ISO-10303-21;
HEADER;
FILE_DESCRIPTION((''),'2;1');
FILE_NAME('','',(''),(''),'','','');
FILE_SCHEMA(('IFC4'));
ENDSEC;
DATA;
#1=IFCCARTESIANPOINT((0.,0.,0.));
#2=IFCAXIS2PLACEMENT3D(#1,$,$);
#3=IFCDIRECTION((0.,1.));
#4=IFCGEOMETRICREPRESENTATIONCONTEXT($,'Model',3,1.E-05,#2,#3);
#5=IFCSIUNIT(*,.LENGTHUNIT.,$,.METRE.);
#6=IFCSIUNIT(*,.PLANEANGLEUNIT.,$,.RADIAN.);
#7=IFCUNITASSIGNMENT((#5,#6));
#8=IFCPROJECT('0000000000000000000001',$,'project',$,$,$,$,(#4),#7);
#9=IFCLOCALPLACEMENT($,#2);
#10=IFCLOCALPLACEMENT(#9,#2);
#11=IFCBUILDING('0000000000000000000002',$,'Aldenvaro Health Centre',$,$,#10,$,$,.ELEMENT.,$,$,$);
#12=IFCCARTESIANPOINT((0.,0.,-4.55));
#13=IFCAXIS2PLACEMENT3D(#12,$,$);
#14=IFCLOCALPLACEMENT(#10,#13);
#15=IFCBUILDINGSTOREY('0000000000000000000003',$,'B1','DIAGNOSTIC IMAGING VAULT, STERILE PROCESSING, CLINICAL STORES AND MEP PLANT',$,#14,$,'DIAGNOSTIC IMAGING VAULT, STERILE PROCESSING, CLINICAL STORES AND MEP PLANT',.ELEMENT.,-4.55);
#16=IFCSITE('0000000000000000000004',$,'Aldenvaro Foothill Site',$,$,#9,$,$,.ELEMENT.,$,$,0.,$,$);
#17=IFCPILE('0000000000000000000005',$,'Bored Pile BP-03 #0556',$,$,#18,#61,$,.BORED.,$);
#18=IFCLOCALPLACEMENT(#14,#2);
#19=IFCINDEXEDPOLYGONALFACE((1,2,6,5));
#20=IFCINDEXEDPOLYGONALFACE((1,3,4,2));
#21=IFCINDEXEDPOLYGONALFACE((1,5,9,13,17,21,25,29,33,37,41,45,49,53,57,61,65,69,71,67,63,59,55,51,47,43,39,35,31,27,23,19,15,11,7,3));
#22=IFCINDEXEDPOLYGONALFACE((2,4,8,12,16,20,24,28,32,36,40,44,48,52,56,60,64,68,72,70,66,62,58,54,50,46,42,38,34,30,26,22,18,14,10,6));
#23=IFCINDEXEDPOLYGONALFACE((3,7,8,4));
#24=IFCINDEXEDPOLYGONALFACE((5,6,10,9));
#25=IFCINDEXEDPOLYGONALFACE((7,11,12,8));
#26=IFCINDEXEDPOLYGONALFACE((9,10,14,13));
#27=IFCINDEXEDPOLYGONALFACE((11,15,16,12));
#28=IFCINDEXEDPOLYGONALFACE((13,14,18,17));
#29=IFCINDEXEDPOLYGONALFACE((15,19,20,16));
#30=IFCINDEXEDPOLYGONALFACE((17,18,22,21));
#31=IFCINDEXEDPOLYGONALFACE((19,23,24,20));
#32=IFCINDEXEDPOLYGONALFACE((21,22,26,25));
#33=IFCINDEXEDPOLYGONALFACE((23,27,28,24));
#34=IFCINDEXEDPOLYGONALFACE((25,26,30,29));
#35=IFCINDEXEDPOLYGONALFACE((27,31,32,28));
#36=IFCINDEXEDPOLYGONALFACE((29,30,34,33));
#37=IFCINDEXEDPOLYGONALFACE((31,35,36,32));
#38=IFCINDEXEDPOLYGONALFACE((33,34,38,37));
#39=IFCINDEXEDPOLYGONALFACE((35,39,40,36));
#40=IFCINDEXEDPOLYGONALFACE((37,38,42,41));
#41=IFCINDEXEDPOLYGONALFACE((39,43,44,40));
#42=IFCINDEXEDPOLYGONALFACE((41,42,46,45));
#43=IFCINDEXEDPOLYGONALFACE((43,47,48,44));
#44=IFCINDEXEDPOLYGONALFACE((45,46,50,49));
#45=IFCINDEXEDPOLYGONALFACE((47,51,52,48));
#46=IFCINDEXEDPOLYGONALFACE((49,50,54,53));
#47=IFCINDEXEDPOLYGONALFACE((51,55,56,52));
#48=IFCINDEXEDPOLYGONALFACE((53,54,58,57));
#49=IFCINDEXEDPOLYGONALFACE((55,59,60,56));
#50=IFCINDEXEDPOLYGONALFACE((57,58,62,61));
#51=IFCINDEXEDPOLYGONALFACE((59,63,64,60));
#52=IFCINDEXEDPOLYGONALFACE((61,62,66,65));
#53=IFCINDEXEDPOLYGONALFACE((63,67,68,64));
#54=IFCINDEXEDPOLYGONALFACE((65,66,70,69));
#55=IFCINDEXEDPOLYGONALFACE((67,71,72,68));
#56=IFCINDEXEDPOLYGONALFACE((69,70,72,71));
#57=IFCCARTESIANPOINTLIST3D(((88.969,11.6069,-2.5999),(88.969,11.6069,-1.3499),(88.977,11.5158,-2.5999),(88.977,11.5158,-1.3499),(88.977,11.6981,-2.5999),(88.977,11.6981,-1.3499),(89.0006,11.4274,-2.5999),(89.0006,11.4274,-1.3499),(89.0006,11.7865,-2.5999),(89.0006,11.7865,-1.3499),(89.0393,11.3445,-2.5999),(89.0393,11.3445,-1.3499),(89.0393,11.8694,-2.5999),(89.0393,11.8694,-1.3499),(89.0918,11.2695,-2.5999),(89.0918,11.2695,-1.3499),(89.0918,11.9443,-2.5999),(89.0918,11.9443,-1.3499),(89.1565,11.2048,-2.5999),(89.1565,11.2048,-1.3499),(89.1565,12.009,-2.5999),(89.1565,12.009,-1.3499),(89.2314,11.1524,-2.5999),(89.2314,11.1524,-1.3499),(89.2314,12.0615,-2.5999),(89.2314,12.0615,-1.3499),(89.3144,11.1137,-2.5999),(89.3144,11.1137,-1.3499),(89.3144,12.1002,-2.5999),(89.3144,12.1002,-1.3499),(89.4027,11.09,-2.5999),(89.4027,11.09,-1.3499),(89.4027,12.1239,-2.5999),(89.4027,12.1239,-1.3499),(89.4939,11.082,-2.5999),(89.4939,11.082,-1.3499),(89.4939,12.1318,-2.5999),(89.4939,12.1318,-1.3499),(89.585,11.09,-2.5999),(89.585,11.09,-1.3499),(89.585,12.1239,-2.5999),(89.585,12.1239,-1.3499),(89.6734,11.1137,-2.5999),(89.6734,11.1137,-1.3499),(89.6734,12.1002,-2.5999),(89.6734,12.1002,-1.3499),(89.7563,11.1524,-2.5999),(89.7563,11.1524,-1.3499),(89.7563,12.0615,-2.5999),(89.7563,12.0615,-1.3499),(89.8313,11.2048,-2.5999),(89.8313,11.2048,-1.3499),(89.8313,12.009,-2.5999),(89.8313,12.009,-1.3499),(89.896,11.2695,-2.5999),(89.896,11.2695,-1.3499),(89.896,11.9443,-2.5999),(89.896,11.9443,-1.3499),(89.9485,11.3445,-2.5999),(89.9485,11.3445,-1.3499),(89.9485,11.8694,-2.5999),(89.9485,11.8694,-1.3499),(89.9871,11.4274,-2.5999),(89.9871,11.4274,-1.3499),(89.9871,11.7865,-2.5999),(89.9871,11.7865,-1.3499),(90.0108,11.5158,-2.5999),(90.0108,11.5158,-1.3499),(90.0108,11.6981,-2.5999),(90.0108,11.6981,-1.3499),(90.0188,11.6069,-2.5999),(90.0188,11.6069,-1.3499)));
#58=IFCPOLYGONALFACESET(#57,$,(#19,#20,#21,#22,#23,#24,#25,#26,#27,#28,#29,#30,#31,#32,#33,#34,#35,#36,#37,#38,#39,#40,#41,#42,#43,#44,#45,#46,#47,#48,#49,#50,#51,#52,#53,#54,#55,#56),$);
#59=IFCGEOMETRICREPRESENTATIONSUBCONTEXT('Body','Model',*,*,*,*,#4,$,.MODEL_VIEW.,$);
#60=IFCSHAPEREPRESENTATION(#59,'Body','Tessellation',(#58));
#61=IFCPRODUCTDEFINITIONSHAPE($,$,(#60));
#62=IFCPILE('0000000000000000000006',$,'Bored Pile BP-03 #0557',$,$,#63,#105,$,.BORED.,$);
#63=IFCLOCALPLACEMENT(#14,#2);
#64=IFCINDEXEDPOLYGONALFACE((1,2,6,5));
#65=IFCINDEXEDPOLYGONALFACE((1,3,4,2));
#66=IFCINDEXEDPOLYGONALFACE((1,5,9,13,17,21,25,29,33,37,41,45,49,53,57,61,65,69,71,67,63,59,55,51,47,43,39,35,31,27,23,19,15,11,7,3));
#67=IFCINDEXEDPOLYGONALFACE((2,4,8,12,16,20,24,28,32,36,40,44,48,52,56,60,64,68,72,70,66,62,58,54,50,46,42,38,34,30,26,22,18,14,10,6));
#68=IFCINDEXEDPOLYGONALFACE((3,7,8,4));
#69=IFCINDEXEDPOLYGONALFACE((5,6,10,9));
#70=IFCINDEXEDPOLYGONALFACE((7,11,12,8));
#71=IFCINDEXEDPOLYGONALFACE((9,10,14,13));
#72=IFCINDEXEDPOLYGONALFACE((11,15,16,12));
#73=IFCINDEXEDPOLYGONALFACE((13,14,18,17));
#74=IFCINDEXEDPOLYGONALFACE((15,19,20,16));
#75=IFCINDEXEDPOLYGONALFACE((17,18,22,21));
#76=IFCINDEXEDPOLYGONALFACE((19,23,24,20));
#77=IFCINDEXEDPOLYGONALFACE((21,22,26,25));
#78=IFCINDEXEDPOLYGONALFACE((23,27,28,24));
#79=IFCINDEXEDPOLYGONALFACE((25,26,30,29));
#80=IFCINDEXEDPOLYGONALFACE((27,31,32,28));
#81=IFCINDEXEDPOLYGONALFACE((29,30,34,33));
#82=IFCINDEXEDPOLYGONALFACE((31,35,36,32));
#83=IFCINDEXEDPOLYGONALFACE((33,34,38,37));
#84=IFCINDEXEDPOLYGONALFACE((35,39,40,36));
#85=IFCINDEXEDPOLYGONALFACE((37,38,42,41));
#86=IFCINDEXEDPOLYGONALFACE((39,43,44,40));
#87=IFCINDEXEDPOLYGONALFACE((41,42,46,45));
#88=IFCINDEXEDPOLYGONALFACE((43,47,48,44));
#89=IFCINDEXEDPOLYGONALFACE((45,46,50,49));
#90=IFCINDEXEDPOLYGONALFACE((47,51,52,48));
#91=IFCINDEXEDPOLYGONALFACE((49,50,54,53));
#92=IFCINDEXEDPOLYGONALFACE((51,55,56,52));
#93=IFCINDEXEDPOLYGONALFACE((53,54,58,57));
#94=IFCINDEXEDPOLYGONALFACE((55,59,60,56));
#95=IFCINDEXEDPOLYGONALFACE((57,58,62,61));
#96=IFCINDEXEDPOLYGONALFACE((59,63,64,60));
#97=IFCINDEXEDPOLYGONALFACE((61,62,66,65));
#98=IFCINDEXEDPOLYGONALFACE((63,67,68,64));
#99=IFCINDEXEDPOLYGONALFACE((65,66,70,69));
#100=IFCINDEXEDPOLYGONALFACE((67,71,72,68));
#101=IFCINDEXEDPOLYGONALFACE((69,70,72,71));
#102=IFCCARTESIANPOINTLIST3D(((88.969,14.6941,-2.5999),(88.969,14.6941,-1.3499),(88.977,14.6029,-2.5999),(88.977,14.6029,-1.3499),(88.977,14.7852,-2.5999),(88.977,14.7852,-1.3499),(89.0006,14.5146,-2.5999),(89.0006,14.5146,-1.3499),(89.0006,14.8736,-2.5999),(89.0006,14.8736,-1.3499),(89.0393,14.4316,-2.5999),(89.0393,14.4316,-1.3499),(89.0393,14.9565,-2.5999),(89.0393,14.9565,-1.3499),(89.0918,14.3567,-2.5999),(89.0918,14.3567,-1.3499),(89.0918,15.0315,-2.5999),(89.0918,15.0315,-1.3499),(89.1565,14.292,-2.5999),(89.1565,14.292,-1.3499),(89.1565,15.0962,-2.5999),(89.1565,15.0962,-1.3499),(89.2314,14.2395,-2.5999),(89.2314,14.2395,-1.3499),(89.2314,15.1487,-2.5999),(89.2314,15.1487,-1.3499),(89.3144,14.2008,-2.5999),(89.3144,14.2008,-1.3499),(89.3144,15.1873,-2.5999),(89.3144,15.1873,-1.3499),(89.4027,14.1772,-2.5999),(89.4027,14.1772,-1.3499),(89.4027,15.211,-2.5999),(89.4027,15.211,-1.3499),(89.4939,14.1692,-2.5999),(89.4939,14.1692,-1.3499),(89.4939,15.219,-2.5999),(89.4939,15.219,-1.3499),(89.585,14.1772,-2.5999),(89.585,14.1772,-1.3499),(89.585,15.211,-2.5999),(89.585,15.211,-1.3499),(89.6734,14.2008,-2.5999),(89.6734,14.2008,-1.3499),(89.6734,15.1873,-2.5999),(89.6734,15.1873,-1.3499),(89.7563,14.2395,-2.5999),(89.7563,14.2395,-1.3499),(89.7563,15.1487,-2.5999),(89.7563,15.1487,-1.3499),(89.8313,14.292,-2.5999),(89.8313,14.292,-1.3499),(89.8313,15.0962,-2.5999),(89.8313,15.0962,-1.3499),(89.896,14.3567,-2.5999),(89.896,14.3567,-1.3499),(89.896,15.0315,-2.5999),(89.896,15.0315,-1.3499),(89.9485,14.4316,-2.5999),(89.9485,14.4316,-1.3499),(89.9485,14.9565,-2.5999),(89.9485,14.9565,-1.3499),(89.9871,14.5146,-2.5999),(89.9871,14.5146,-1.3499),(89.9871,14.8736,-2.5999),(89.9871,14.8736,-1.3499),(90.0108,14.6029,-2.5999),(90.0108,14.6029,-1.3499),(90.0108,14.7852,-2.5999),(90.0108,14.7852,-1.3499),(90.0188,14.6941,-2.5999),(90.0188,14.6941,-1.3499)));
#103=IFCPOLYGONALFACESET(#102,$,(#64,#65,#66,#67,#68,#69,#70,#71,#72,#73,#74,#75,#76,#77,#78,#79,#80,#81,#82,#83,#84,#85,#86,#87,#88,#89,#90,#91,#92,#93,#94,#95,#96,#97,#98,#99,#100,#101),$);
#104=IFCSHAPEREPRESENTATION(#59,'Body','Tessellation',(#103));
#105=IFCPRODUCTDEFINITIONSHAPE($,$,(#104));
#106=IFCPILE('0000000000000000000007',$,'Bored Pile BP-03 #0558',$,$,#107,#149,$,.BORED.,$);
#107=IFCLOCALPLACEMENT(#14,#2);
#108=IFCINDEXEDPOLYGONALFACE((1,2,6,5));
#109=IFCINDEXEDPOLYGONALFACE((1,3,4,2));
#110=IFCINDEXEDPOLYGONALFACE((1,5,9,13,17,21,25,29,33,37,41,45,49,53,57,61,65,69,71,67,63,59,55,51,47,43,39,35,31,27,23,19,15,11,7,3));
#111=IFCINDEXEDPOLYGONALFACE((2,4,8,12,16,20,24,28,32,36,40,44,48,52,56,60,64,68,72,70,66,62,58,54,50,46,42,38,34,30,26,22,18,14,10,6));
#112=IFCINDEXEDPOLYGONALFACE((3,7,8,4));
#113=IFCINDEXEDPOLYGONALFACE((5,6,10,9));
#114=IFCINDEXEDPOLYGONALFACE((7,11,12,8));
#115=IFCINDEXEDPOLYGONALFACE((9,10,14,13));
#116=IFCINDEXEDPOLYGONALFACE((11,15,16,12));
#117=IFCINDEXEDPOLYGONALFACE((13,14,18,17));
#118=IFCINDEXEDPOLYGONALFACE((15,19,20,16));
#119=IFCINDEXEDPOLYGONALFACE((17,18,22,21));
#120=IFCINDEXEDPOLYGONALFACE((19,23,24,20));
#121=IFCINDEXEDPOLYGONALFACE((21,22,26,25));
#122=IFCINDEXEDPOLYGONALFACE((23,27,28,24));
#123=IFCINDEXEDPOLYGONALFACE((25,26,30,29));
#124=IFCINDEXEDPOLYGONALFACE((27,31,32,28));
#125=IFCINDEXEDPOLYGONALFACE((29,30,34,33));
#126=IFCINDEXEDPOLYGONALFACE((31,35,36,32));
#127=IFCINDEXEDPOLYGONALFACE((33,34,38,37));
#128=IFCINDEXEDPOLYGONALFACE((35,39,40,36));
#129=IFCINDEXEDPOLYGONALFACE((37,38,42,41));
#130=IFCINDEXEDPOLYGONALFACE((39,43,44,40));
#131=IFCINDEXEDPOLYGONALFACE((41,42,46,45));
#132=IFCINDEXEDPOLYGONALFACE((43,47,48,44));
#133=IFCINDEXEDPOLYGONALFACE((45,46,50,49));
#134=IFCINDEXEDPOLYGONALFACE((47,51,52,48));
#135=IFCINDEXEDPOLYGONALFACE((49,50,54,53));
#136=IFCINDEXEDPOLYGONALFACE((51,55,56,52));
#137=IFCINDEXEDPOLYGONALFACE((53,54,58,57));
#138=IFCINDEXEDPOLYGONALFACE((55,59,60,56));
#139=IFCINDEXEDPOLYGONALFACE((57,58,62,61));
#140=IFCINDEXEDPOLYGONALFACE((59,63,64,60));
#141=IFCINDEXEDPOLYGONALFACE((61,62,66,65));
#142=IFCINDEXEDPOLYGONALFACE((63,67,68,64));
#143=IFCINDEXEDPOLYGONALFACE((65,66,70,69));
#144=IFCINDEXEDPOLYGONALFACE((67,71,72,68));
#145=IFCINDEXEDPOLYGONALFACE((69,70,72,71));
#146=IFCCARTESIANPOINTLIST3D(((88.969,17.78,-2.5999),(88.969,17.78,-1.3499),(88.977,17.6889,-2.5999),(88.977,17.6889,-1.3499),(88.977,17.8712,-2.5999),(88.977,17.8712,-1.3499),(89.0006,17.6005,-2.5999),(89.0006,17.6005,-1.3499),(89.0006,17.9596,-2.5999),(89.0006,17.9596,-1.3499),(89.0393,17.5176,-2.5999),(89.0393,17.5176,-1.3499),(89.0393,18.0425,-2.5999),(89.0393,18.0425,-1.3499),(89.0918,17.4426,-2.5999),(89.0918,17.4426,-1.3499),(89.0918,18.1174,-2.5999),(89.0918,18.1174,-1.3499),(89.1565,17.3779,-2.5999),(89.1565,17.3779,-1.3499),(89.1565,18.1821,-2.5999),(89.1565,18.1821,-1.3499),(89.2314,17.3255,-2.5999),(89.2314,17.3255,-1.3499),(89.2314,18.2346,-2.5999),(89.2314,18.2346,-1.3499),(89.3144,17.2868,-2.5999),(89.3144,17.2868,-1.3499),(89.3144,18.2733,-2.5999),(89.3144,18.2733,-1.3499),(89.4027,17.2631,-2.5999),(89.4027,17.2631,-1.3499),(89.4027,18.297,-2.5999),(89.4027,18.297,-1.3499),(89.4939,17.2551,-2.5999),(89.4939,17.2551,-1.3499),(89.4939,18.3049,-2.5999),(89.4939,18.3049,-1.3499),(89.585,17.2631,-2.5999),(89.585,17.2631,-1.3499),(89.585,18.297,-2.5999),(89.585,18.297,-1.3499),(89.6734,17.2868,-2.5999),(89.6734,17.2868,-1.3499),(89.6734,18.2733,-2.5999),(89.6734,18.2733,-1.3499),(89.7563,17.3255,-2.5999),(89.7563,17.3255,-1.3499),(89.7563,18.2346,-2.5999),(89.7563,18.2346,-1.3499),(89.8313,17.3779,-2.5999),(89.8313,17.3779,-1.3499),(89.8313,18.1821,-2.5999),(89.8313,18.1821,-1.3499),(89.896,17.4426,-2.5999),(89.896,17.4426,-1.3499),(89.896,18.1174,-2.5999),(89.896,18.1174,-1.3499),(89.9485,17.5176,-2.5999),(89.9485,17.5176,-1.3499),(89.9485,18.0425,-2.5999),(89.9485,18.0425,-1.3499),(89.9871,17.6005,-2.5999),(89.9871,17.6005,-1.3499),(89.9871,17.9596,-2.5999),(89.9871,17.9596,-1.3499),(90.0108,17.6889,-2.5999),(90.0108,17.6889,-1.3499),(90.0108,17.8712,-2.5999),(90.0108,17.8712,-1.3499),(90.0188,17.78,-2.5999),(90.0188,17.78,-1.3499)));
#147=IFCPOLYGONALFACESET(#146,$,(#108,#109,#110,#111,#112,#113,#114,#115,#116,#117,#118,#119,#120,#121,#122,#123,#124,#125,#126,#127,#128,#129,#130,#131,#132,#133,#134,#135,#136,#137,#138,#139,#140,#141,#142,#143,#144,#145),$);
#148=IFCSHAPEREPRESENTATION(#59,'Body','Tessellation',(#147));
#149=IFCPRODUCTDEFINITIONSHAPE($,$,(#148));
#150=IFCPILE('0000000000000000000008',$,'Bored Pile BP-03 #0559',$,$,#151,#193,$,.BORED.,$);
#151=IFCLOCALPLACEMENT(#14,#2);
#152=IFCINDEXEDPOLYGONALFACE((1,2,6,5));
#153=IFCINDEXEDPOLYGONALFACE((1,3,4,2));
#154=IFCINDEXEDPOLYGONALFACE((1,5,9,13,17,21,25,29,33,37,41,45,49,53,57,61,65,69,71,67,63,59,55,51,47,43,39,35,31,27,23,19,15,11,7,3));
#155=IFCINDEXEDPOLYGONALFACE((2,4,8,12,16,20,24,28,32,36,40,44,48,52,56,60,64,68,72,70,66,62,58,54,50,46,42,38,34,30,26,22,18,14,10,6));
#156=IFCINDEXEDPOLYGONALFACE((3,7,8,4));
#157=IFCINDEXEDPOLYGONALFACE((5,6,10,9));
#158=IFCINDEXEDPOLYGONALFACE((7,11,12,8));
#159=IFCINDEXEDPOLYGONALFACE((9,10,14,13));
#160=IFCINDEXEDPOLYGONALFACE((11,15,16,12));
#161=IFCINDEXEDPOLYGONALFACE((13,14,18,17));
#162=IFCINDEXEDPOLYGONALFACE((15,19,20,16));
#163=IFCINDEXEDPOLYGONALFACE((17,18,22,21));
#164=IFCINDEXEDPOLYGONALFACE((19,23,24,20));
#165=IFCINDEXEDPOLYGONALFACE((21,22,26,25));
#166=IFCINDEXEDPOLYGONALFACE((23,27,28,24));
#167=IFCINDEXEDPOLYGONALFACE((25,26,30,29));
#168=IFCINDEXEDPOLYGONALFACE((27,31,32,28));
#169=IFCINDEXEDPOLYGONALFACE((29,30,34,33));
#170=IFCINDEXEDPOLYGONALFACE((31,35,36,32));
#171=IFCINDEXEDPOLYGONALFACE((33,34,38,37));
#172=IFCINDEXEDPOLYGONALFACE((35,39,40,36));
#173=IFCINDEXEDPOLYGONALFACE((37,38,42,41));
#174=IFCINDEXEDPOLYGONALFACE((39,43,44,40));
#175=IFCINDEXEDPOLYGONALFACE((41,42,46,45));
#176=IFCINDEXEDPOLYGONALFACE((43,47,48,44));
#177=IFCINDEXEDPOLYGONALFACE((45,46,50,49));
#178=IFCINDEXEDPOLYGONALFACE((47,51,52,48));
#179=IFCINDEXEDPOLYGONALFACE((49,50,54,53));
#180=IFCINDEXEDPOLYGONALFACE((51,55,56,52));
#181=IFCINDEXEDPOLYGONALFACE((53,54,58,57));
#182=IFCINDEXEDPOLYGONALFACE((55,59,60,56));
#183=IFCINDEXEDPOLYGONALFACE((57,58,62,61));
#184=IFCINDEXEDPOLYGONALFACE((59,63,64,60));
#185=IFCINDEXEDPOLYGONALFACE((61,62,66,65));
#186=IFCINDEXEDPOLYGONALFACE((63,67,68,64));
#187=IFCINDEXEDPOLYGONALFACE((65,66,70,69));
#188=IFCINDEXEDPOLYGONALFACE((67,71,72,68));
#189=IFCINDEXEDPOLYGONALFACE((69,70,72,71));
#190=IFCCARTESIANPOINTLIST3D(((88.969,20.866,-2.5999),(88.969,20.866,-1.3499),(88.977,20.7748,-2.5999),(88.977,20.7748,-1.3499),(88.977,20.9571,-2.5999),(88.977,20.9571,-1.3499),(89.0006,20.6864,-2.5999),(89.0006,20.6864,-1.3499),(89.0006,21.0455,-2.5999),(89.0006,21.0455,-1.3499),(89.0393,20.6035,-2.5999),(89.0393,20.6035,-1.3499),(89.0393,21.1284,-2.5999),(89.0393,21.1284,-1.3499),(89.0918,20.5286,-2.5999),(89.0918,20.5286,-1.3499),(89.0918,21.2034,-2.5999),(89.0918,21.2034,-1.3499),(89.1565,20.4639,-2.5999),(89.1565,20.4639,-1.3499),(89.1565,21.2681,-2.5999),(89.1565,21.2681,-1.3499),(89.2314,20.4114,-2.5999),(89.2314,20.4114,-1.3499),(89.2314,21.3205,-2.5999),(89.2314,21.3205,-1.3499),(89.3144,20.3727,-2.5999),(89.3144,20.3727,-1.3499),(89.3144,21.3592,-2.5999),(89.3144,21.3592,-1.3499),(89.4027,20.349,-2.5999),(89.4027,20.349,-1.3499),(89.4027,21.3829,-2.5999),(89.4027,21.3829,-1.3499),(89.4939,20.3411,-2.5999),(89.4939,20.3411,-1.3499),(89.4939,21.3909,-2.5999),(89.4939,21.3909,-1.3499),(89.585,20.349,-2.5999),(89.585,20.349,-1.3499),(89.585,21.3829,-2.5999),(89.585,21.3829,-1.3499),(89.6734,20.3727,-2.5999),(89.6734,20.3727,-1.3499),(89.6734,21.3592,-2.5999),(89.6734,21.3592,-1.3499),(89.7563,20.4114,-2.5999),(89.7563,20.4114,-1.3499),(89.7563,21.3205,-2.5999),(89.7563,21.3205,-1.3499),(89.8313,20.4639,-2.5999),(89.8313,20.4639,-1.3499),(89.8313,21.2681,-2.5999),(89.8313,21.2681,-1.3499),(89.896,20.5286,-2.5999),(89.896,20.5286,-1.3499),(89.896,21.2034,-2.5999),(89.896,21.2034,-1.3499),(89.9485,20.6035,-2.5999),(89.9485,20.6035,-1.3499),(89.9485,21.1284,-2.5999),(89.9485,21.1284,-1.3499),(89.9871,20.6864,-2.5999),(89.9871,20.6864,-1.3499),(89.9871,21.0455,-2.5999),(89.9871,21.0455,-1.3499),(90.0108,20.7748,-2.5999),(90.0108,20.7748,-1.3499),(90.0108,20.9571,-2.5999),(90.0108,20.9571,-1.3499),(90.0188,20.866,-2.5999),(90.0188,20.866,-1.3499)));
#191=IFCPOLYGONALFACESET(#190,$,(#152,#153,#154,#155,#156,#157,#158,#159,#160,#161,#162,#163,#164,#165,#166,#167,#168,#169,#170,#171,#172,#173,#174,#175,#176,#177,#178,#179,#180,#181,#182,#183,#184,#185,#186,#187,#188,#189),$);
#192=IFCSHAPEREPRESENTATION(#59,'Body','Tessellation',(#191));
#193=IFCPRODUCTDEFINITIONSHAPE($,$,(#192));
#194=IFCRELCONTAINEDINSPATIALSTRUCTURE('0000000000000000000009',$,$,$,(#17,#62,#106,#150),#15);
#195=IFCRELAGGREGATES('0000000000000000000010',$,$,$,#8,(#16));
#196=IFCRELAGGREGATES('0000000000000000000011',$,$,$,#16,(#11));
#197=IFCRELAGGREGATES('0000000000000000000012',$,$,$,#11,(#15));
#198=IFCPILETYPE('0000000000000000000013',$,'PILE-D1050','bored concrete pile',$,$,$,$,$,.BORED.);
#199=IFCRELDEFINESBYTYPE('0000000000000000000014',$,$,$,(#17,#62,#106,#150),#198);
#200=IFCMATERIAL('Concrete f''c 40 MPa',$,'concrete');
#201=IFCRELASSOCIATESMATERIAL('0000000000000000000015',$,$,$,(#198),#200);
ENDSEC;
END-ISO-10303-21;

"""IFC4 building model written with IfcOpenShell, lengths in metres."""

from ifc_helpers import new_model, si_unit, direction, frame, origin, origin_2d, place, context, subcontext, project, spatial, circle, extrude, material, material_profile, profile_set, type_object, element, save


model = new_model("IFC4")

# Units and contexts
model_context = context("Model", 3, precision=1e-05, world=origin(), true_north=direction((0.0, 1.0)))
body_context = subcontext(model_context, "Body", "Model", "MODEL_VIEW")
ifc_project = project(units=[si_unit("LENGTHUNIT", "METRE"), si_unit("PLANEANGLEUNIT", "RADIAN")], contexts=[model_context])

# Site, building, storey
site_placement = place(None, origin())
site = spatial("IfcSite", under=ifc_project, at=site_placement, Name="Aldenvaro Foothill Site", CompositionType="ELEMENT", RefElevation=0.0)
building_placement = place(site_placement, origin())
building = spatial("IfcBuilding", under=site, at=building_placement, Name="Aldenvaro Health Centre", CompositionType="ELEMENT")
storey_placement = place(building_placement, frame((0.0, 0.0, -4.55)))
storey = spatial("IfcBuildingStorey", under=building, at=storey_placement, Name="B1", Description="DIAGNOSTIC IMAGING VAULT, STERILE PROCESSING, CLINICAL STORES AND MEP PLANT", LongName="DIAGNOSTIC IMAGING VAULT, STERILE PROCESSING, CLINICAL STORES AND MEP PLANT", CompositionType="ELEMENT", Elevation=-4.55)

# Piles
ifc_material_1 = material(Name="Concrete f'c 40 MPa", Category="concrete")
ifc_material_profile_1 = material_profile(ifc_material_1, circle(Radius=0.5249, at=origin_2d()), Name="PILE D1050", Category="concrete")
ifc_profile_set_1 = profile_set([ifc_material_profile_1], Name="Concrete f'c 40 MPa")
pile_type = type_object("IfcPileType", Name="PILE-D1050", Description="bored concrete pile", PredefinedType="BORED", material=ifc_profile_set_1)
for number, where, z_axis, x_axis, name in (
    (1, (89.4939, 11.6069, -1.3499), (0.0, 0.0, -1.0), (1.0, 0.0, 0.0), "Bored Pile BP-03 #0556"),
    (2, (89.4939, 14.6941, -1.3499), (0.0, 0.0, -1.0), (1.0, 0.0, 0.0), "Bored Pile BP-03 #0557"),
    (3, (89.4939, 17.78, -1.3499), (0.0, 0.0, -1.0), (1.0, 0.0, 0.0), "Bored Pile BP-03 #0558"),
    (4, (89.4939, 20.866, -1.3499), (0.0, 0.0, -1.0), (1.0, 0.0, 0.0), "Bored Pile BP-03 #0559"),
):
    element("IfcPile", number, at=place(storey_placement, frame(where, z_axis=z_axis, x_axis=x_axis)), inside=storey, type_object=pile_type, Name=name, PredefinedType="BORED", context=body_context, shape_type="SweptSolid", body=[
        extrude(circle(Radius=0.5249, at=origin_2d()), origin(), (0.0, 0.0, 1.0), 1.25),
    ])

save(model, "model.ifc")
